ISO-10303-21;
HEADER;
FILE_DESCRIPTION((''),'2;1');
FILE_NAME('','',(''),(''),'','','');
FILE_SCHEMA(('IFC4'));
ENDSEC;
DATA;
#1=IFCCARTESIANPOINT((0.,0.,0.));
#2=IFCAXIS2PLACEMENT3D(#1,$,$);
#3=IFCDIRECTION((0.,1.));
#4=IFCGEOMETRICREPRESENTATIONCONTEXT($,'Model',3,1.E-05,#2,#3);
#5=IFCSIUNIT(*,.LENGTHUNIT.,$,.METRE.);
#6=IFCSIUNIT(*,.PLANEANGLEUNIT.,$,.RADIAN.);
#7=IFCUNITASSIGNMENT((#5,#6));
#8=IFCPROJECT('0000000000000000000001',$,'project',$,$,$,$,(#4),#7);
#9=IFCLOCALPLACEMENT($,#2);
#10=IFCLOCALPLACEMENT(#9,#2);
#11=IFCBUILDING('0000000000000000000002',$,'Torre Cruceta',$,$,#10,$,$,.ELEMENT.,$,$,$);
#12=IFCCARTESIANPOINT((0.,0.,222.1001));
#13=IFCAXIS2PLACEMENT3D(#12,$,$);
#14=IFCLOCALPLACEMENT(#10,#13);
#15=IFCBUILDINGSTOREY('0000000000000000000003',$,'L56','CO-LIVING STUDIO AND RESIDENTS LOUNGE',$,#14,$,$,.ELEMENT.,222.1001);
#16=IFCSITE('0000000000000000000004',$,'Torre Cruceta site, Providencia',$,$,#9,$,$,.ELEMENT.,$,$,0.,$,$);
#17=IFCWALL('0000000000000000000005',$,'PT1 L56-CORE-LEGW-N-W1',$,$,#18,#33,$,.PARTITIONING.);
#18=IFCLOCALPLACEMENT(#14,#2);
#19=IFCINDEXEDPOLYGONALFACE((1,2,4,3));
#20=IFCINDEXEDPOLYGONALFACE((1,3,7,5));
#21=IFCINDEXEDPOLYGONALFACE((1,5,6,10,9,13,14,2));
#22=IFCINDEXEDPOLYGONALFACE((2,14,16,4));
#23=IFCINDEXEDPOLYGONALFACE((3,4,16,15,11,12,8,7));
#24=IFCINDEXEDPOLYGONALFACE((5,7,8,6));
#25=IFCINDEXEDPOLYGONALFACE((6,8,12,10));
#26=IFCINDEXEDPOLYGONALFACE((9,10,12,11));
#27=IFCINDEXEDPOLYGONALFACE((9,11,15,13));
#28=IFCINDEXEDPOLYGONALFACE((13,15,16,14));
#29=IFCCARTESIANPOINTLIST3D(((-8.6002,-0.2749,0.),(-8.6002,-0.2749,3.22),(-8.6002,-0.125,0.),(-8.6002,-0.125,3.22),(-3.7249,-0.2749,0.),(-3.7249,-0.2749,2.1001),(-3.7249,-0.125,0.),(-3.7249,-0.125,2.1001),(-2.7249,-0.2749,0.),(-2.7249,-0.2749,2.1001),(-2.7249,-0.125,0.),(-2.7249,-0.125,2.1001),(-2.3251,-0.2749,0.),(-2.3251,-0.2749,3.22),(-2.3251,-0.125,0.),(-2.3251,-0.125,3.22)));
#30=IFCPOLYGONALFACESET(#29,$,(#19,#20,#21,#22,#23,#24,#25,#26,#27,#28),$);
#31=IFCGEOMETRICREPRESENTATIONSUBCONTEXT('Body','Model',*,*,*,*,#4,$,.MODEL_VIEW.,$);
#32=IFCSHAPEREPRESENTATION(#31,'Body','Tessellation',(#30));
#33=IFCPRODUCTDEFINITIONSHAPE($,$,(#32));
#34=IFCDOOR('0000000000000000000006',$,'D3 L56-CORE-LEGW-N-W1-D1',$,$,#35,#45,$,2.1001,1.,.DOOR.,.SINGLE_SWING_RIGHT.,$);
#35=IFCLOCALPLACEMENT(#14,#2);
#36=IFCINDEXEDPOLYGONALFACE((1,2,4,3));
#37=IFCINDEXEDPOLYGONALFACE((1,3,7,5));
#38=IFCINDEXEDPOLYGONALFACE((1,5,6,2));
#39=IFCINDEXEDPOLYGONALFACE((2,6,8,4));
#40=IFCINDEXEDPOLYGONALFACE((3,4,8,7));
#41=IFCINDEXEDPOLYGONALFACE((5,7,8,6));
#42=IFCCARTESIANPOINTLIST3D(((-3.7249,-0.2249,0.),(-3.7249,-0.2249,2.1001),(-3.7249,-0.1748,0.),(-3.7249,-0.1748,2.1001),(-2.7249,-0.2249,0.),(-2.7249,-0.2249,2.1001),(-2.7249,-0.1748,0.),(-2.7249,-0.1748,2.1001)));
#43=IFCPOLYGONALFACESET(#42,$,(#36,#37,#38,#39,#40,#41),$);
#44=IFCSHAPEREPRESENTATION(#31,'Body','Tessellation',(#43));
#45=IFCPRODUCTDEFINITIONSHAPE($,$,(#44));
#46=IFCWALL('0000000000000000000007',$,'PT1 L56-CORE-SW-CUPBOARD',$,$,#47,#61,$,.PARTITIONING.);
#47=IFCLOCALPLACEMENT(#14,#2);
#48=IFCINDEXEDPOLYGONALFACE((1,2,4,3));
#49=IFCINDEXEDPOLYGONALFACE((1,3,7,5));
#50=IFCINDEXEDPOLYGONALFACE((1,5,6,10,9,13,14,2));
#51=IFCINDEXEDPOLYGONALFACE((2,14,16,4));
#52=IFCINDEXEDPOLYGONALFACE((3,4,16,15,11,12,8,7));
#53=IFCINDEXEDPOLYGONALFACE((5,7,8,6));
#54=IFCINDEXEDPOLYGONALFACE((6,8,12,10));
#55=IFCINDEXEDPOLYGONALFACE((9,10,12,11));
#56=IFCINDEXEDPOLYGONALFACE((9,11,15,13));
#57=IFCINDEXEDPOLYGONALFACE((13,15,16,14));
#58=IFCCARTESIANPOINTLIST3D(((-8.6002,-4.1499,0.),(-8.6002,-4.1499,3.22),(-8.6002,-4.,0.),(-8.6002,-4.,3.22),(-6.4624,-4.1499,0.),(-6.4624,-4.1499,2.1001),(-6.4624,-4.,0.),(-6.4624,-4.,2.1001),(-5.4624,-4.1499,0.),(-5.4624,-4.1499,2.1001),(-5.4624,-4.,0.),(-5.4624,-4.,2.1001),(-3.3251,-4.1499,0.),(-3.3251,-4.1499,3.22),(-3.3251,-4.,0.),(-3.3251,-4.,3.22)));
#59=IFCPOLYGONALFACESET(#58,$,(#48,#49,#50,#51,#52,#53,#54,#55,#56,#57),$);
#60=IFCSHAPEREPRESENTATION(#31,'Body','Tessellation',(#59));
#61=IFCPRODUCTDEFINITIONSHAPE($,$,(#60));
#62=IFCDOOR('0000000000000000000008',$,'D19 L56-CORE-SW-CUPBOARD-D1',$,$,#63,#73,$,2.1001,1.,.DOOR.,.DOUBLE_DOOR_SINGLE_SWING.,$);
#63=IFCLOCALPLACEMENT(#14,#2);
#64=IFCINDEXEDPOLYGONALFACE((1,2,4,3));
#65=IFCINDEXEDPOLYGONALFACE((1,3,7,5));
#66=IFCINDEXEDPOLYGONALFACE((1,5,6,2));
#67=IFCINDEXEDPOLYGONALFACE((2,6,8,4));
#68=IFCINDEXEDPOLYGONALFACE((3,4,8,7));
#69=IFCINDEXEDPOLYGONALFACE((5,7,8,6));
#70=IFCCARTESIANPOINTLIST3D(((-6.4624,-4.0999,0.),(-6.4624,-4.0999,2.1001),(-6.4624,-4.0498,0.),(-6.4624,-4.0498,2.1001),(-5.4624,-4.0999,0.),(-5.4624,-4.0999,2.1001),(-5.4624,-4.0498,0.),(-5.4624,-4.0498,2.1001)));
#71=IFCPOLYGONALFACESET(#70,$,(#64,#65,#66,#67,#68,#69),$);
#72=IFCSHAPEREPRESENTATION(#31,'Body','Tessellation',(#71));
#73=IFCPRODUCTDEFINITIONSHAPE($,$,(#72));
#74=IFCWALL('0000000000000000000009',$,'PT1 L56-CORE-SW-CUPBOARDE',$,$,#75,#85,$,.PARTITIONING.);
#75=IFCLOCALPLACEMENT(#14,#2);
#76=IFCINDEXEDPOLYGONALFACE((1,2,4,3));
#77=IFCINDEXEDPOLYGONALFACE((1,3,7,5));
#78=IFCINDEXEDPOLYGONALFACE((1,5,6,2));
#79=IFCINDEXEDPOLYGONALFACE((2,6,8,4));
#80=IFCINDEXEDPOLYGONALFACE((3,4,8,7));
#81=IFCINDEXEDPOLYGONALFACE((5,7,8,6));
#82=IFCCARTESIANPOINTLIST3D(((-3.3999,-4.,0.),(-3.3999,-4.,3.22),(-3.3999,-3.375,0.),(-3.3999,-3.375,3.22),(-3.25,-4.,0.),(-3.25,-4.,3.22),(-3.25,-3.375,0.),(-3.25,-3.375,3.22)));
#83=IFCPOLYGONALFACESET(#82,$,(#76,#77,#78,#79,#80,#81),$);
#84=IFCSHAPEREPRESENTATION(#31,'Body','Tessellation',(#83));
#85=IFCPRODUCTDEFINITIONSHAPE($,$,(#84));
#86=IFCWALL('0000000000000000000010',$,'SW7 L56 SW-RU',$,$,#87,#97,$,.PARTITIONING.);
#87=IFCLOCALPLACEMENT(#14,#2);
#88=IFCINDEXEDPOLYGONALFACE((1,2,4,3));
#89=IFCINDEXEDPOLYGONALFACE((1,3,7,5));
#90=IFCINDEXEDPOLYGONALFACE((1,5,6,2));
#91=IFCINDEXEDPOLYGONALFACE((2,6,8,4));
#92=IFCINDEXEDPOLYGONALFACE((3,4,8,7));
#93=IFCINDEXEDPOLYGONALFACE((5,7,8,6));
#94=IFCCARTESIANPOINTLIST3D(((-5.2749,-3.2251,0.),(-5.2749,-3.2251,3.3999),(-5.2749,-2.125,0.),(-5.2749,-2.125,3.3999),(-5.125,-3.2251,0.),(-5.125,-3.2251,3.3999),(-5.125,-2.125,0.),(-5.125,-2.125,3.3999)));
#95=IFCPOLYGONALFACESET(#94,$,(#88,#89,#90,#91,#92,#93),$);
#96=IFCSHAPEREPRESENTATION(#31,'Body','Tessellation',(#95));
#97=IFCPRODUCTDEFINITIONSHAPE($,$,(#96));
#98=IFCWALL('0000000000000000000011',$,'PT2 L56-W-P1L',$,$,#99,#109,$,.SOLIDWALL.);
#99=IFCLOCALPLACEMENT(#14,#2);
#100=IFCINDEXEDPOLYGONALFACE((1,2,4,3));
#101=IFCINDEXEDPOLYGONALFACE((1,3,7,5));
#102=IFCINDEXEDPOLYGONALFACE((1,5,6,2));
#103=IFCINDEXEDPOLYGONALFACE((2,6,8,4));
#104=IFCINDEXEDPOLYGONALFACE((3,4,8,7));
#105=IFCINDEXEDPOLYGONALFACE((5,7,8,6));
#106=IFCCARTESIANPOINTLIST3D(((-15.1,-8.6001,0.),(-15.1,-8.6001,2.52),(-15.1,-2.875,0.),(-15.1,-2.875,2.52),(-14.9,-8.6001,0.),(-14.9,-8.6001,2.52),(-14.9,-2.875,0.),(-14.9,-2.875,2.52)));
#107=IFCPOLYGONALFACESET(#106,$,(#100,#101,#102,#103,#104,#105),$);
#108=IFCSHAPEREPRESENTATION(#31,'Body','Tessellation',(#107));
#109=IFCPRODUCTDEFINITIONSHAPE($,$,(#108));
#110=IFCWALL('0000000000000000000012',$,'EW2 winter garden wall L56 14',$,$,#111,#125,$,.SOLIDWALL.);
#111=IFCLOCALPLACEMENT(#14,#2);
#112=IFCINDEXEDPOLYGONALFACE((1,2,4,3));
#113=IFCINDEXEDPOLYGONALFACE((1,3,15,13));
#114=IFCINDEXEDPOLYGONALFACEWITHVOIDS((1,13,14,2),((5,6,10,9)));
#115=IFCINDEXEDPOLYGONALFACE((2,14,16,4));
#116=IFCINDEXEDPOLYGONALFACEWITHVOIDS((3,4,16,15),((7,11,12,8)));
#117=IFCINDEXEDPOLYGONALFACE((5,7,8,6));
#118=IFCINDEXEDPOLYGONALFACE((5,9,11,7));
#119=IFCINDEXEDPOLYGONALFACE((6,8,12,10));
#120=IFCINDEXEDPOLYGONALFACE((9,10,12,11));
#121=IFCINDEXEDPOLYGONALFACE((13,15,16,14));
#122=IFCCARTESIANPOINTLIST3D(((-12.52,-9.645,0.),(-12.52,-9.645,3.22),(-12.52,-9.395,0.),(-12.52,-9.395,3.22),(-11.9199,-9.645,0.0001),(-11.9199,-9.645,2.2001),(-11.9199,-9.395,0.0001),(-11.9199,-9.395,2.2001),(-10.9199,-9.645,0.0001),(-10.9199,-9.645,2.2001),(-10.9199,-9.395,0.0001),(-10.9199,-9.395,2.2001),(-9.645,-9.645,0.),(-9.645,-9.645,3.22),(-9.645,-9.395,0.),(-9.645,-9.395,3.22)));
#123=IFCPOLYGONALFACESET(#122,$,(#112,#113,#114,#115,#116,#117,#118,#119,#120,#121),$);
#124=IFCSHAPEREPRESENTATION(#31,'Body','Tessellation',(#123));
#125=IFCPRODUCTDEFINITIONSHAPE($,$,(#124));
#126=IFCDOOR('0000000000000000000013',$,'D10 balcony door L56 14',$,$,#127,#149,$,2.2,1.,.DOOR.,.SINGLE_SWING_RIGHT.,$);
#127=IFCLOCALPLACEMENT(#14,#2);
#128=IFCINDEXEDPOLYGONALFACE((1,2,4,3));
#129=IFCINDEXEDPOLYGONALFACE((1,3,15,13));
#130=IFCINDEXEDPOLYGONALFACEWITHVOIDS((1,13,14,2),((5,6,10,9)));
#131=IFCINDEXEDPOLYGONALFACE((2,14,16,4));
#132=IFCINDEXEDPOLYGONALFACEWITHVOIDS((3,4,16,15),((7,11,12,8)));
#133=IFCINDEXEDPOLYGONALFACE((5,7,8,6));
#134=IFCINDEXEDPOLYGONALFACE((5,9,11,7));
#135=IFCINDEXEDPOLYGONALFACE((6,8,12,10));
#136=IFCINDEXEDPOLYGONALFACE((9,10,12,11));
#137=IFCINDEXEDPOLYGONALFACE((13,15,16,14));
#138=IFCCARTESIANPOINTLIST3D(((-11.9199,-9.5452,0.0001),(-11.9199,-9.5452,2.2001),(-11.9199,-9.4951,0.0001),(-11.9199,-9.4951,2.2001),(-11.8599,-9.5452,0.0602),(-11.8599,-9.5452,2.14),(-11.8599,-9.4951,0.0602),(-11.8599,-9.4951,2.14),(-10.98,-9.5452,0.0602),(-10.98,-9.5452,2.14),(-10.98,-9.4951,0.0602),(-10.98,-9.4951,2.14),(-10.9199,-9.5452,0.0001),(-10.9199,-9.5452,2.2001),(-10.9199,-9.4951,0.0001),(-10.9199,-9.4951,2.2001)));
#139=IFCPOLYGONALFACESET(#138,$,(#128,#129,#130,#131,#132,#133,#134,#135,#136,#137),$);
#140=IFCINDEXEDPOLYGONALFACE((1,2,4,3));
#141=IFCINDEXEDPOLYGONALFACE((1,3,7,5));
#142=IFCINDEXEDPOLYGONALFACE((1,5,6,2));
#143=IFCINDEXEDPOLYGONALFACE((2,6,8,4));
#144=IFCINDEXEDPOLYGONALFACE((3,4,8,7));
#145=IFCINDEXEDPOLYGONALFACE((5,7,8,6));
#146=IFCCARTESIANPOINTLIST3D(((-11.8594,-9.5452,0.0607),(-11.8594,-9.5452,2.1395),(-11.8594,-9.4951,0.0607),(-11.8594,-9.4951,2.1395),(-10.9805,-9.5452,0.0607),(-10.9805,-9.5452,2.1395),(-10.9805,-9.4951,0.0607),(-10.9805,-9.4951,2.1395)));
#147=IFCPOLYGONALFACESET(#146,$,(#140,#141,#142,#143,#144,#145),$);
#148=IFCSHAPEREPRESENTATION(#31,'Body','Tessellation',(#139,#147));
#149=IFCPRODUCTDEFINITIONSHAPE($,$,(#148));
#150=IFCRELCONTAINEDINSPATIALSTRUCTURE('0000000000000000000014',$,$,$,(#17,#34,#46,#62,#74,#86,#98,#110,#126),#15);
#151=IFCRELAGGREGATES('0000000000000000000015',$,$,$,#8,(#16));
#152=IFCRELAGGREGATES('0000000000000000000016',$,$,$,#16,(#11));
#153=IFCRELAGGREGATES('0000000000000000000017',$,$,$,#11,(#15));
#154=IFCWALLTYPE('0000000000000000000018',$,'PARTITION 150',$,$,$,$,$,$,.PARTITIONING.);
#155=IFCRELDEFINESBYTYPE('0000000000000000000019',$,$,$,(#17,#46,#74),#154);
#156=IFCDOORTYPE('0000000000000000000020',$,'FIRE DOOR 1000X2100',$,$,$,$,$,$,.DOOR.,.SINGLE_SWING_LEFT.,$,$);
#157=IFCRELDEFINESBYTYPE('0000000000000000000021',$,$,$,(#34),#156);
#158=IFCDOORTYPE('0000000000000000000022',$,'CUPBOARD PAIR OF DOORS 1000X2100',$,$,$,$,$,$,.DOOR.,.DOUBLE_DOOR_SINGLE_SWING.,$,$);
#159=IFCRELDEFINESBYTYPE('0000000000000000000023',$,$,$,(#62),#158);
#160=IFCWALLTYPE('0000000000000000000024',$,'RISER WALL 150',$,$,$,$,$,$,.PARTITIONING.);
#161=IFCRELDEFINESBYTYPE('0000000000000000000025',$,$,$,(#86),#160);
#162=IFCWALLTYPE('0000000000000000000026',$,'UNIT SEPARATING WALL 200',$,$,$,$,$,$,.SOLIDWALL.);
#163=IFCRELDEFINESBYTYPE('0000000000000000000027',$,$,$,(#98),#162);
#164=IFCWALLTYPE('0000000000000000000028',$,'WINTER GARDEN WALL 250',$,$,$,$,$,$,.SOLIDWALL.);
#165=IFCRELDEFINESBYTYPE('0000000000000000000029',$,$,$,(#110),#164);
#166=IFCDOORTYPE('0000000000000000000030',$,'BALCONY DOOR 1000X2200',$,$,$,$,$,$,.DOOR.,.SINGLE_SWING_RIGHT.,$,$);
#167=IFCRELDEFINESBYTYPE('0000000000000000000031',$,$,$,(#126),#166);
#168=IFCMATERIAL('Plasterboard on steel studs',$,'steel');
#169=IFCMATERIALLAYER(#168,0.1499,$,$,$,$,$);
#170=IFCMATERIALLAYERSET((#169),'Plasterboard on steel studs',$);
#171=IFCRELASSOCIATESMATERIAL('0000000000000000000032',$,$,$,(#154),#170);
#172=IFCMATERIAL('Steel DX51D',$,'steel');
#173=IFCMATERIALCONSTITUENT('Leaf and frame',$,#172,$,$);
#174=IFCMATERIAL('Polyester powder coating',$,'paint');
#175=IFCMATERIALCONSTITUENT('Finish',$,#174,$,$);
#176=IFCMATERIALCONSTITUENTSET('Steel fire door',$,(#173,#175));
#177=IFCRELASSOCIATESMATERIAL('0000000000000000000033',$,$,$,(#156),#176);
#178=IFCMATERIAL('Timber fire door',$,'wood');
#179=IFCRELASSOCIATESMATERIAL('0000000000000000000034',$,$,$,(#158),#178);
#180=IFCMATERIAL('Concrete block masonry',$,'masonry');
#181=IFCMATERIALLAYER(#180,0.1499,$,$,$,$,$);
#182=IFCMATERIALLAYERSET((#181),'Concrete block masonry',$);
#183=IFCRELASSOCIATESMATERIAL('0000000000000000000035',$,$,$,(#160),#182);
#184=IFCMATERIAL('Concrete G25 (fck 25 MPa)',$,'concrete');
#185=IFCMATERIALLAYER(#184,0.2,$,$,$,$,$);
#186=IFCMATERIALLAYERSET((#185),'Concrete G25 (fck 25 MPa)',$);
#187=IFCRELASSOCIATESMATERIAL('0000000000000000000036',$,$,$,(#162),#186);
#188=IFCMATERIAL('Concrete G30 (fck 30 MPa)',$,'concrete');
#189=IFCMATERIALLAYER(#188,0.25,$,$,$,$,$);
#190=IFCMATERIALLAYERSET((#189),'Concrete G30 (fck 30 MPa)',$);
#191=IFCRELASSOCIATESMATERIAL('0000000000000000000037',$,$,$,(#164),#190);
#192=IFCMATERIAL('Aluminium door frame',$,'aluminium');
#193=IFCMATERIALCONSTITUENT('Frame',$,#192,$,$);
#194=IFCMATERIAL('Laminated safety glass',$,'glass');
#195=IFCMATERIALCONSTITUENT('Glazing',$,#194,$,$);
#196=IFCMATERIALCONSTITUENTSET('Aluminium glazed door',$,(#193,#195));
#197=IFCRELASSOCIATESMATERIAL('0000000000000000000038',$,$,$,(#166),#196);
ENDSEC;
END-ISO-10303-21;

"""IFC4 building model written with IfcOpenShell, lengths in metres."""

from ifc_helpers import new_model, si_unit, direction, frame, frame_2d, origin, place, context, subcontext, project, spatial, rectangle, hollow_rectangle, extrude, material, layer, layer_set, constituent, constituent_set, type_object, element, fill, save


model = new_model("IFC4")

# Units and contexts
model_context = context("Model", 3, precision=1e-05, world=origin(), true_north=direction((0.0, 1.0)))
body_context = subcontext(model_context, "Body", "Model", "MODEL_VIEW")
ifc_project = project(units=[si_unit("LENGTHUNIT", "METRE"), si_unit("PLANEANGLEUNIT", "RADIAN")], contexts=[model_context])

# Site, building, storey
site_placement = place(None, origin())
site = spatial("IfcSite", under=ifc_project, at=site_placement, Name="Torre Cruceta site, Providencia", CompositionType="ELEMENT", RefElevation=0.0)
building_placement = place(site_placement, origin())
building = spatial("IfcBuilding", under=site, at=building_placement, Name="Torre Cruceta", CompositionType="ELEMENT")
storey_placement = place(building_placement, frame((0.0, 0.0, 222.1001)))
storey = spatial("IfcBuildingStorey", under=building, at=storey_placement, Name="L56", Description="CO-LIVING STUDIO AND RESIDENTS LOUNGE", CompositionType="ELEMENT", Elevation=222.1001)

# Walls, openings, doors
ifc_material_1 = material(Name="Plasterboard on steel studs", Category="steel")
ifc_layer_1 = layer(ifc_material_1, 0.1499)
ifc_layer_set_1 = layer_set([ifc_layer_1], Name="Plasterboard on steel studs")
wall_type_1 = type_object("IfcWallType", Name="PARTITION 150", PredefinedType="PARTITIONING", material=ifc_layer_set_1)
wall_1_placement = place(storey_placement, frame((-2.325, -0.2, 0.0), z_axis=(0.0, 0.0, 1.0), x_axis=(-1.0, 0.0, 0.0)))
wall_1 = element("IfcWall", 1, at=wall_1_placement, inside=storey, type_object=wall_type_1, Name="PT1 L56-CORE-LEGW-N-W1", PredefinedType="PARTITIONING", context=body_context, shape_type="SweptSolid", body=[
    extrude(rectangle(XDim=6.2751, YDim=0.1499, at=frame_2d((3.1377, 0.0))), origin(), (0.0, 0.0, 1.0), 3.22),
])
opening_1_placement = place(wall_1_placement, frame((0.3999, 0.0, 0.0)))
opening_1 = element("IfcOpeningElement", 2, at=opening_1_placement, cuts=wall_1, PredefinedType="OPENING", context=body_context, shape_type="SweptSolid", body=[
    extrude(rectangle(XDim=1.0, YDim=2.1001, at=frame_2d((0.5, 1.05))), frame((0.0, 0.085, 0.0), z_axis=(0.0, -1.0, 0.0), x_axis=(1.0, 0.0, 0.0)), (0.0, 0.0, 1.0), 0.1699),
])
ifc_material_2 = material(Name="Steel DX51D", Category="steel")
ifc_constituent_1 = constituent(ifc_material_2, Name="Leaf and frame")
ifc_material_3 = material(Name="Polyester powder coating", Category="paint")
ifc_constituent_2 = constituent(ifc_material_3, Name="Finish")
ifc_constituent_set_1 = constituent_set(constituents=[ifc_constituent_1, ifc_constituent_2], Name="Steel fire door")
door_type_1 = type_object("IfcDoorType", Name="FIRE DOOR 1000X2100", OperationType="SINGLE_SWING_LEFT", PredefinedType="DOOR", material=ifc_constituent_set_1)
door_1_placement = place(opening_1_placement, frame((1.0, 0.0, 0.0), z_axis=(0.0, 0.0, 1.0), x_axis=(-1.0, 0.0, 0.0)))
door_1 = element("IfcDoor", 3, at=door_1_placement, inside=storey, type_object=door_type_1, Name="D3 L56-CORE-LEGW-N-W1-D1", OperationType="SINGLE_SWING_RIGHT", OverallHeight=2.1001, OverallWidth=1.0, PredefinedType="DOOR", context=body_context, shape_type="SweptSolid", body=[
    extrude(rectangle(XDim=1.0, YDim=2.1001, at=frame_2d((0.5, 1.05))), frame((0.0, 0.0251, 0.0), z_axis=(0.0, -1.0, 0.0), x_axis=(1.0, 0.0, 0.0)), (0.0, 0.0, 1.0), 0.05),
])
fill(opening_1, door_1)
wall_2_placement = place(storey_placement, frame((-3.325, -4.075, 0.0), z_axis=(0.0, 0.0, 1.0), x_axis=(-1.0, 0.0, 0.0)))
wall_2 = element("IfcWall", 4, at=wall_2_placement, inside=storey, type_object=wall_type_1, Name="PT1 L56-CORE-SW-CUPBOARD", PredefinedType="PARTITIONING", context=body_context, shape_type="SweptSolid", body=[
    extrude(rectangle(XDim=5.2751, YDim=0.1499, at=frame_2d((2.6377, 0.0))), origin(), (0.0, 0.0, 1.0), 3.22),
])
opening_2_placement = place(wall_2_placement, frame((2.1375, 0.0, 0.0)))
opening_2 = element("IfcOpeningElement", 5, at=opening_2_placement, cuts=wall_2, PredefinedType="OPENING", context=body_context, shape_type="SweptSolid", body=[
    extrude(rectangle(XDim=1.0, YDim=2.1001, at=frame_2d((0.5, 1.05))), frame((0.0, 0.085, 0.0), z_axis=(0.0, -1.0, 0.0), x_axis=(1.0, 0.0, 0.0)), (0.0, 0.0, 1.0), 0.1699),
])
ifc_material_4 = material(Name="Timber fire door", Category="wood")
door_type_2 = type_object("IfcDoorType", Name="CUPBOARD PAIR OF DOORS 1000X2100", OperationType="DOUBLE_DOOR_SINGLE_SWING", PredefinedType="DOOR", material=ifc_material_4)
door_2_placement = place(opening_2_placement, frame((1.0, 0.0, 0.0), z_axis=(0.0, 0.0, 1.0), x_axis=(-1.0, 0.0, 0.0)))
door_2 = element("IfcDoor", 6, at=door_2_placement, inside=storey, type_object=door_type_2, Name="D19 L56-CORE-SW-CUPBOARD-D1", OperationType="DOUBLE_DOOR_SINGLE_SWING", OverallHeight=2.1001, OverallWidth=1.0, PredefinedType="DOOR", context=body_context, shape_type="SweptSolid", body=[
    extrude(rectangle(XDim=1.0, YDim=2.1001, at=frame_2d((0.5, 1.05))), frame((0.0, 0.0251, 0.0), z_axis=(0.0, -1.0, 0.0), x_axis=(1.0, 0.0, 0.0)), (0.0, 0.0, 1.0), 0.05),
])
fill(opening_2, door_2)

# Walls
wall_3_placement = place(storey_placement, frame((-3.325, -3.375, 0.0), z_axis=(0.0, 0.0, 1.0), x_axis=(0.0, -1.0, 0.0)))
element("IfcWall", 7, at=wall_3_placement, inside=storey, type_object=wall_type_1, Name="PT1 L56-CORE-SW-CUPBOARDE", PredefinedType="PARTITIONING", context=body_context, shape_type="SweptSolid", body=[
    extrude(rectangle(XDim=0.625, YDim=0.1499, at=frame_2d((0.3125, 0.0))), origin(), (0.0, 0.0, 1.0), 3.22),
])
ifc_material_5 = material(Name="Concrete block masonry", Category="masonry")
ifc_layer_2 = layer(ifc_material_5, 0.1499)
ifc_layer_set_2 = layer_set([ifc_layer_2], Name="Concrete block masonry")
wall_type_2 = type_object("IfcWallType", Name="RISER WALL 150", PredefinedType="PARTITIONING", material=ifc_layer_set_2)
wall_4_placement = place(storey_placement, frame((-5.2, -2.125, 0.0), z_axis=(0.0, 0.0, 1.0), x_axis=(0.0, -1.0, 0.0)))
element("IfcWall", 8, at=wall_4_placement, inside=storey, type_object=wall_type_2, Name="SW7 L56 SW-RU", PredefinedType="PARTITIONING", context=body_context, shape_type="SweptSolid", body=[
    extrude(rectangle(XDim=1.1001, YDim=0.1499, at=frame_2d((0.55, 0.0))), origin(), (0.0, 0.0, 1.0), 3.3999),
])
ifc_material_6 = material(Name="Concrete G25 (fck 25 MPa)", Category="concrete")
ifc_layer_3 = layer(ifc_material_6, 0.2)
ifc_layer_set_3 = layer_set([ifc_layer_3], Name="Concrete G25 (fck 25 MPa)")
wall_type_3 = type_object("IfcWallType", Name="UNIT SEPARATING WALL 200", PredefinedType="SOLIDWALL", material=ifc_layer_set_3)
wall_5_placement = place(storey_placement, frame((-15.0, -2.875, 0.0), z_axis=(0.0, 0.0, 1.0), x_axis=(0.0, -1.0, 0.0)))
element("IfcWall", 9, at=wall_5_placement, inside=storey, type_object=wall_type_3, Name="PT2 L56-W-P1L", PredefinedType="SOLIDWALL", context=body_context, shape_type="SweptSolid", body=[
    extrude(rectangle(XDim=5.7251, YDim=0.2, at=frame_2d((2.8625, 0.0))), origin(), (0.0, 0.0, 1.0), 2.52),
])

# Wall, opening, door
ifc_material_7 = material(Name="Concrete G30 (fck 30 MPa)", Category="concrete")
ifc_layer_4 = layer(ifc_material_7, 0.25)
ifc_layer_set_4 = layer_set([ifc_layer_4], Name="Concrete G30 (fck 30 MPa)")
wall_type_4 = type_object("IfcWallType", Name="WINTER GARDEN WALL 250", PredefinedType="SOLIDWALL", material=ifc_layer_set_4)
wall_6_placement = place(storey_placement, frame((-12.52, -9.52, 0.0), z_axis=(0.0, 0.0, 1.0), x_axis=(1.0, 0.0, 0.0)))
wall_6 = element("IfcWall", 10, at=wall_6_placement, inside=storey, type_object=wall_type_4, Name="EW2 winter garden wall L56 14", PredefinedType="SOLIDWALL", context=body_context, shape_type="SweptSolid", body=[
    extrude(rectangle(XDim=2.875, YDim=0.25, at=frame_2d((1.4375, 0.0))), origin(), (0.0, 0.0, 1.0), 3.22),
])
opening_3_placement = place(wall_6_placement, frame((0.6001, 0.0, 0.0)))
opening_3 = element("IfcOpeningElement", 11, at=opening_3_placement, cuts=wall_6, PredefinedType="OPENING", context=body_context, shape_type="SweptSolid", body=[
    extrude(rectangle(XDim=1.0, YDim=2.2, at=frame_2d((0.5, 1.1001))), frame((0.0, 0.135, 0.0), z_axis=(0.0, -1.0, 0.0), x_axis=(1.0, 0.0, 0.0)), (0.0, 0.0, 1.0), 0.27),
])
ifc_material_8 = material(Name="Aluminium door frame", Category="aluminium")
ifc_constituent_3 = constituent(ifc_material_8, Name="Frame")
ifc_material_9 = material(Name="Laminated safety glass", Category="glass")
ifc_constituent_4 = constituent(ifc_material_9, Name="Glazing")
ifc_constituent_set_2 = constituent_set(constituents=[ifc_constituent_3, ifc_constituent_4], Name="Aluminium glazed door")
door_type_3 = type_object("IfcDoorType", Name="BALCONY DOOR 1000X2200", OperationType="SINGLE_SWING_RIGHT", PredefinedType="DOOR", material=ifc_constituent_set_2)
door_3_placement = place(opening_3_placement, origin())
door_3 = element("IfcDoor", 12, at=door_3_placement, inside=storey, type_object=door_type_3, Name="D10 balcony door L56 14", OperationType="SINGLE_SWING_RIGHT", OverallHeight=2.2, OverallWidth=1.0, PredefinedType="DOOR", context=body_context, shape_type="SweptSolid", body=[
    extrude(hollow_rectangle(XDim=1.0, YDim=2.2, WallThickness=0.0601, at=frame_2d((0.5, 1.1001))), frame((0.0, 0.0249, 0.0), z_axis=(0.0, -1.0, 0.0), x_axis=(1.0, 0.0, 0.0)), (0.0, 0.0, 1.0), 0.05),
    extrude(rectangle(XDim=0.8789, YDim=2.0789, at=frame_2d((0.5, 1.1001))), frame((0.0, 0.0249, 0.0), z_axis=(0.0, -1.0, 0.0), x_axis=(1.0, 0.0, 0.0)), (0.0, 0.0, 1.0), 0.05),
])
fill(opening_3, door_3)

save(model, "model.ifc")
